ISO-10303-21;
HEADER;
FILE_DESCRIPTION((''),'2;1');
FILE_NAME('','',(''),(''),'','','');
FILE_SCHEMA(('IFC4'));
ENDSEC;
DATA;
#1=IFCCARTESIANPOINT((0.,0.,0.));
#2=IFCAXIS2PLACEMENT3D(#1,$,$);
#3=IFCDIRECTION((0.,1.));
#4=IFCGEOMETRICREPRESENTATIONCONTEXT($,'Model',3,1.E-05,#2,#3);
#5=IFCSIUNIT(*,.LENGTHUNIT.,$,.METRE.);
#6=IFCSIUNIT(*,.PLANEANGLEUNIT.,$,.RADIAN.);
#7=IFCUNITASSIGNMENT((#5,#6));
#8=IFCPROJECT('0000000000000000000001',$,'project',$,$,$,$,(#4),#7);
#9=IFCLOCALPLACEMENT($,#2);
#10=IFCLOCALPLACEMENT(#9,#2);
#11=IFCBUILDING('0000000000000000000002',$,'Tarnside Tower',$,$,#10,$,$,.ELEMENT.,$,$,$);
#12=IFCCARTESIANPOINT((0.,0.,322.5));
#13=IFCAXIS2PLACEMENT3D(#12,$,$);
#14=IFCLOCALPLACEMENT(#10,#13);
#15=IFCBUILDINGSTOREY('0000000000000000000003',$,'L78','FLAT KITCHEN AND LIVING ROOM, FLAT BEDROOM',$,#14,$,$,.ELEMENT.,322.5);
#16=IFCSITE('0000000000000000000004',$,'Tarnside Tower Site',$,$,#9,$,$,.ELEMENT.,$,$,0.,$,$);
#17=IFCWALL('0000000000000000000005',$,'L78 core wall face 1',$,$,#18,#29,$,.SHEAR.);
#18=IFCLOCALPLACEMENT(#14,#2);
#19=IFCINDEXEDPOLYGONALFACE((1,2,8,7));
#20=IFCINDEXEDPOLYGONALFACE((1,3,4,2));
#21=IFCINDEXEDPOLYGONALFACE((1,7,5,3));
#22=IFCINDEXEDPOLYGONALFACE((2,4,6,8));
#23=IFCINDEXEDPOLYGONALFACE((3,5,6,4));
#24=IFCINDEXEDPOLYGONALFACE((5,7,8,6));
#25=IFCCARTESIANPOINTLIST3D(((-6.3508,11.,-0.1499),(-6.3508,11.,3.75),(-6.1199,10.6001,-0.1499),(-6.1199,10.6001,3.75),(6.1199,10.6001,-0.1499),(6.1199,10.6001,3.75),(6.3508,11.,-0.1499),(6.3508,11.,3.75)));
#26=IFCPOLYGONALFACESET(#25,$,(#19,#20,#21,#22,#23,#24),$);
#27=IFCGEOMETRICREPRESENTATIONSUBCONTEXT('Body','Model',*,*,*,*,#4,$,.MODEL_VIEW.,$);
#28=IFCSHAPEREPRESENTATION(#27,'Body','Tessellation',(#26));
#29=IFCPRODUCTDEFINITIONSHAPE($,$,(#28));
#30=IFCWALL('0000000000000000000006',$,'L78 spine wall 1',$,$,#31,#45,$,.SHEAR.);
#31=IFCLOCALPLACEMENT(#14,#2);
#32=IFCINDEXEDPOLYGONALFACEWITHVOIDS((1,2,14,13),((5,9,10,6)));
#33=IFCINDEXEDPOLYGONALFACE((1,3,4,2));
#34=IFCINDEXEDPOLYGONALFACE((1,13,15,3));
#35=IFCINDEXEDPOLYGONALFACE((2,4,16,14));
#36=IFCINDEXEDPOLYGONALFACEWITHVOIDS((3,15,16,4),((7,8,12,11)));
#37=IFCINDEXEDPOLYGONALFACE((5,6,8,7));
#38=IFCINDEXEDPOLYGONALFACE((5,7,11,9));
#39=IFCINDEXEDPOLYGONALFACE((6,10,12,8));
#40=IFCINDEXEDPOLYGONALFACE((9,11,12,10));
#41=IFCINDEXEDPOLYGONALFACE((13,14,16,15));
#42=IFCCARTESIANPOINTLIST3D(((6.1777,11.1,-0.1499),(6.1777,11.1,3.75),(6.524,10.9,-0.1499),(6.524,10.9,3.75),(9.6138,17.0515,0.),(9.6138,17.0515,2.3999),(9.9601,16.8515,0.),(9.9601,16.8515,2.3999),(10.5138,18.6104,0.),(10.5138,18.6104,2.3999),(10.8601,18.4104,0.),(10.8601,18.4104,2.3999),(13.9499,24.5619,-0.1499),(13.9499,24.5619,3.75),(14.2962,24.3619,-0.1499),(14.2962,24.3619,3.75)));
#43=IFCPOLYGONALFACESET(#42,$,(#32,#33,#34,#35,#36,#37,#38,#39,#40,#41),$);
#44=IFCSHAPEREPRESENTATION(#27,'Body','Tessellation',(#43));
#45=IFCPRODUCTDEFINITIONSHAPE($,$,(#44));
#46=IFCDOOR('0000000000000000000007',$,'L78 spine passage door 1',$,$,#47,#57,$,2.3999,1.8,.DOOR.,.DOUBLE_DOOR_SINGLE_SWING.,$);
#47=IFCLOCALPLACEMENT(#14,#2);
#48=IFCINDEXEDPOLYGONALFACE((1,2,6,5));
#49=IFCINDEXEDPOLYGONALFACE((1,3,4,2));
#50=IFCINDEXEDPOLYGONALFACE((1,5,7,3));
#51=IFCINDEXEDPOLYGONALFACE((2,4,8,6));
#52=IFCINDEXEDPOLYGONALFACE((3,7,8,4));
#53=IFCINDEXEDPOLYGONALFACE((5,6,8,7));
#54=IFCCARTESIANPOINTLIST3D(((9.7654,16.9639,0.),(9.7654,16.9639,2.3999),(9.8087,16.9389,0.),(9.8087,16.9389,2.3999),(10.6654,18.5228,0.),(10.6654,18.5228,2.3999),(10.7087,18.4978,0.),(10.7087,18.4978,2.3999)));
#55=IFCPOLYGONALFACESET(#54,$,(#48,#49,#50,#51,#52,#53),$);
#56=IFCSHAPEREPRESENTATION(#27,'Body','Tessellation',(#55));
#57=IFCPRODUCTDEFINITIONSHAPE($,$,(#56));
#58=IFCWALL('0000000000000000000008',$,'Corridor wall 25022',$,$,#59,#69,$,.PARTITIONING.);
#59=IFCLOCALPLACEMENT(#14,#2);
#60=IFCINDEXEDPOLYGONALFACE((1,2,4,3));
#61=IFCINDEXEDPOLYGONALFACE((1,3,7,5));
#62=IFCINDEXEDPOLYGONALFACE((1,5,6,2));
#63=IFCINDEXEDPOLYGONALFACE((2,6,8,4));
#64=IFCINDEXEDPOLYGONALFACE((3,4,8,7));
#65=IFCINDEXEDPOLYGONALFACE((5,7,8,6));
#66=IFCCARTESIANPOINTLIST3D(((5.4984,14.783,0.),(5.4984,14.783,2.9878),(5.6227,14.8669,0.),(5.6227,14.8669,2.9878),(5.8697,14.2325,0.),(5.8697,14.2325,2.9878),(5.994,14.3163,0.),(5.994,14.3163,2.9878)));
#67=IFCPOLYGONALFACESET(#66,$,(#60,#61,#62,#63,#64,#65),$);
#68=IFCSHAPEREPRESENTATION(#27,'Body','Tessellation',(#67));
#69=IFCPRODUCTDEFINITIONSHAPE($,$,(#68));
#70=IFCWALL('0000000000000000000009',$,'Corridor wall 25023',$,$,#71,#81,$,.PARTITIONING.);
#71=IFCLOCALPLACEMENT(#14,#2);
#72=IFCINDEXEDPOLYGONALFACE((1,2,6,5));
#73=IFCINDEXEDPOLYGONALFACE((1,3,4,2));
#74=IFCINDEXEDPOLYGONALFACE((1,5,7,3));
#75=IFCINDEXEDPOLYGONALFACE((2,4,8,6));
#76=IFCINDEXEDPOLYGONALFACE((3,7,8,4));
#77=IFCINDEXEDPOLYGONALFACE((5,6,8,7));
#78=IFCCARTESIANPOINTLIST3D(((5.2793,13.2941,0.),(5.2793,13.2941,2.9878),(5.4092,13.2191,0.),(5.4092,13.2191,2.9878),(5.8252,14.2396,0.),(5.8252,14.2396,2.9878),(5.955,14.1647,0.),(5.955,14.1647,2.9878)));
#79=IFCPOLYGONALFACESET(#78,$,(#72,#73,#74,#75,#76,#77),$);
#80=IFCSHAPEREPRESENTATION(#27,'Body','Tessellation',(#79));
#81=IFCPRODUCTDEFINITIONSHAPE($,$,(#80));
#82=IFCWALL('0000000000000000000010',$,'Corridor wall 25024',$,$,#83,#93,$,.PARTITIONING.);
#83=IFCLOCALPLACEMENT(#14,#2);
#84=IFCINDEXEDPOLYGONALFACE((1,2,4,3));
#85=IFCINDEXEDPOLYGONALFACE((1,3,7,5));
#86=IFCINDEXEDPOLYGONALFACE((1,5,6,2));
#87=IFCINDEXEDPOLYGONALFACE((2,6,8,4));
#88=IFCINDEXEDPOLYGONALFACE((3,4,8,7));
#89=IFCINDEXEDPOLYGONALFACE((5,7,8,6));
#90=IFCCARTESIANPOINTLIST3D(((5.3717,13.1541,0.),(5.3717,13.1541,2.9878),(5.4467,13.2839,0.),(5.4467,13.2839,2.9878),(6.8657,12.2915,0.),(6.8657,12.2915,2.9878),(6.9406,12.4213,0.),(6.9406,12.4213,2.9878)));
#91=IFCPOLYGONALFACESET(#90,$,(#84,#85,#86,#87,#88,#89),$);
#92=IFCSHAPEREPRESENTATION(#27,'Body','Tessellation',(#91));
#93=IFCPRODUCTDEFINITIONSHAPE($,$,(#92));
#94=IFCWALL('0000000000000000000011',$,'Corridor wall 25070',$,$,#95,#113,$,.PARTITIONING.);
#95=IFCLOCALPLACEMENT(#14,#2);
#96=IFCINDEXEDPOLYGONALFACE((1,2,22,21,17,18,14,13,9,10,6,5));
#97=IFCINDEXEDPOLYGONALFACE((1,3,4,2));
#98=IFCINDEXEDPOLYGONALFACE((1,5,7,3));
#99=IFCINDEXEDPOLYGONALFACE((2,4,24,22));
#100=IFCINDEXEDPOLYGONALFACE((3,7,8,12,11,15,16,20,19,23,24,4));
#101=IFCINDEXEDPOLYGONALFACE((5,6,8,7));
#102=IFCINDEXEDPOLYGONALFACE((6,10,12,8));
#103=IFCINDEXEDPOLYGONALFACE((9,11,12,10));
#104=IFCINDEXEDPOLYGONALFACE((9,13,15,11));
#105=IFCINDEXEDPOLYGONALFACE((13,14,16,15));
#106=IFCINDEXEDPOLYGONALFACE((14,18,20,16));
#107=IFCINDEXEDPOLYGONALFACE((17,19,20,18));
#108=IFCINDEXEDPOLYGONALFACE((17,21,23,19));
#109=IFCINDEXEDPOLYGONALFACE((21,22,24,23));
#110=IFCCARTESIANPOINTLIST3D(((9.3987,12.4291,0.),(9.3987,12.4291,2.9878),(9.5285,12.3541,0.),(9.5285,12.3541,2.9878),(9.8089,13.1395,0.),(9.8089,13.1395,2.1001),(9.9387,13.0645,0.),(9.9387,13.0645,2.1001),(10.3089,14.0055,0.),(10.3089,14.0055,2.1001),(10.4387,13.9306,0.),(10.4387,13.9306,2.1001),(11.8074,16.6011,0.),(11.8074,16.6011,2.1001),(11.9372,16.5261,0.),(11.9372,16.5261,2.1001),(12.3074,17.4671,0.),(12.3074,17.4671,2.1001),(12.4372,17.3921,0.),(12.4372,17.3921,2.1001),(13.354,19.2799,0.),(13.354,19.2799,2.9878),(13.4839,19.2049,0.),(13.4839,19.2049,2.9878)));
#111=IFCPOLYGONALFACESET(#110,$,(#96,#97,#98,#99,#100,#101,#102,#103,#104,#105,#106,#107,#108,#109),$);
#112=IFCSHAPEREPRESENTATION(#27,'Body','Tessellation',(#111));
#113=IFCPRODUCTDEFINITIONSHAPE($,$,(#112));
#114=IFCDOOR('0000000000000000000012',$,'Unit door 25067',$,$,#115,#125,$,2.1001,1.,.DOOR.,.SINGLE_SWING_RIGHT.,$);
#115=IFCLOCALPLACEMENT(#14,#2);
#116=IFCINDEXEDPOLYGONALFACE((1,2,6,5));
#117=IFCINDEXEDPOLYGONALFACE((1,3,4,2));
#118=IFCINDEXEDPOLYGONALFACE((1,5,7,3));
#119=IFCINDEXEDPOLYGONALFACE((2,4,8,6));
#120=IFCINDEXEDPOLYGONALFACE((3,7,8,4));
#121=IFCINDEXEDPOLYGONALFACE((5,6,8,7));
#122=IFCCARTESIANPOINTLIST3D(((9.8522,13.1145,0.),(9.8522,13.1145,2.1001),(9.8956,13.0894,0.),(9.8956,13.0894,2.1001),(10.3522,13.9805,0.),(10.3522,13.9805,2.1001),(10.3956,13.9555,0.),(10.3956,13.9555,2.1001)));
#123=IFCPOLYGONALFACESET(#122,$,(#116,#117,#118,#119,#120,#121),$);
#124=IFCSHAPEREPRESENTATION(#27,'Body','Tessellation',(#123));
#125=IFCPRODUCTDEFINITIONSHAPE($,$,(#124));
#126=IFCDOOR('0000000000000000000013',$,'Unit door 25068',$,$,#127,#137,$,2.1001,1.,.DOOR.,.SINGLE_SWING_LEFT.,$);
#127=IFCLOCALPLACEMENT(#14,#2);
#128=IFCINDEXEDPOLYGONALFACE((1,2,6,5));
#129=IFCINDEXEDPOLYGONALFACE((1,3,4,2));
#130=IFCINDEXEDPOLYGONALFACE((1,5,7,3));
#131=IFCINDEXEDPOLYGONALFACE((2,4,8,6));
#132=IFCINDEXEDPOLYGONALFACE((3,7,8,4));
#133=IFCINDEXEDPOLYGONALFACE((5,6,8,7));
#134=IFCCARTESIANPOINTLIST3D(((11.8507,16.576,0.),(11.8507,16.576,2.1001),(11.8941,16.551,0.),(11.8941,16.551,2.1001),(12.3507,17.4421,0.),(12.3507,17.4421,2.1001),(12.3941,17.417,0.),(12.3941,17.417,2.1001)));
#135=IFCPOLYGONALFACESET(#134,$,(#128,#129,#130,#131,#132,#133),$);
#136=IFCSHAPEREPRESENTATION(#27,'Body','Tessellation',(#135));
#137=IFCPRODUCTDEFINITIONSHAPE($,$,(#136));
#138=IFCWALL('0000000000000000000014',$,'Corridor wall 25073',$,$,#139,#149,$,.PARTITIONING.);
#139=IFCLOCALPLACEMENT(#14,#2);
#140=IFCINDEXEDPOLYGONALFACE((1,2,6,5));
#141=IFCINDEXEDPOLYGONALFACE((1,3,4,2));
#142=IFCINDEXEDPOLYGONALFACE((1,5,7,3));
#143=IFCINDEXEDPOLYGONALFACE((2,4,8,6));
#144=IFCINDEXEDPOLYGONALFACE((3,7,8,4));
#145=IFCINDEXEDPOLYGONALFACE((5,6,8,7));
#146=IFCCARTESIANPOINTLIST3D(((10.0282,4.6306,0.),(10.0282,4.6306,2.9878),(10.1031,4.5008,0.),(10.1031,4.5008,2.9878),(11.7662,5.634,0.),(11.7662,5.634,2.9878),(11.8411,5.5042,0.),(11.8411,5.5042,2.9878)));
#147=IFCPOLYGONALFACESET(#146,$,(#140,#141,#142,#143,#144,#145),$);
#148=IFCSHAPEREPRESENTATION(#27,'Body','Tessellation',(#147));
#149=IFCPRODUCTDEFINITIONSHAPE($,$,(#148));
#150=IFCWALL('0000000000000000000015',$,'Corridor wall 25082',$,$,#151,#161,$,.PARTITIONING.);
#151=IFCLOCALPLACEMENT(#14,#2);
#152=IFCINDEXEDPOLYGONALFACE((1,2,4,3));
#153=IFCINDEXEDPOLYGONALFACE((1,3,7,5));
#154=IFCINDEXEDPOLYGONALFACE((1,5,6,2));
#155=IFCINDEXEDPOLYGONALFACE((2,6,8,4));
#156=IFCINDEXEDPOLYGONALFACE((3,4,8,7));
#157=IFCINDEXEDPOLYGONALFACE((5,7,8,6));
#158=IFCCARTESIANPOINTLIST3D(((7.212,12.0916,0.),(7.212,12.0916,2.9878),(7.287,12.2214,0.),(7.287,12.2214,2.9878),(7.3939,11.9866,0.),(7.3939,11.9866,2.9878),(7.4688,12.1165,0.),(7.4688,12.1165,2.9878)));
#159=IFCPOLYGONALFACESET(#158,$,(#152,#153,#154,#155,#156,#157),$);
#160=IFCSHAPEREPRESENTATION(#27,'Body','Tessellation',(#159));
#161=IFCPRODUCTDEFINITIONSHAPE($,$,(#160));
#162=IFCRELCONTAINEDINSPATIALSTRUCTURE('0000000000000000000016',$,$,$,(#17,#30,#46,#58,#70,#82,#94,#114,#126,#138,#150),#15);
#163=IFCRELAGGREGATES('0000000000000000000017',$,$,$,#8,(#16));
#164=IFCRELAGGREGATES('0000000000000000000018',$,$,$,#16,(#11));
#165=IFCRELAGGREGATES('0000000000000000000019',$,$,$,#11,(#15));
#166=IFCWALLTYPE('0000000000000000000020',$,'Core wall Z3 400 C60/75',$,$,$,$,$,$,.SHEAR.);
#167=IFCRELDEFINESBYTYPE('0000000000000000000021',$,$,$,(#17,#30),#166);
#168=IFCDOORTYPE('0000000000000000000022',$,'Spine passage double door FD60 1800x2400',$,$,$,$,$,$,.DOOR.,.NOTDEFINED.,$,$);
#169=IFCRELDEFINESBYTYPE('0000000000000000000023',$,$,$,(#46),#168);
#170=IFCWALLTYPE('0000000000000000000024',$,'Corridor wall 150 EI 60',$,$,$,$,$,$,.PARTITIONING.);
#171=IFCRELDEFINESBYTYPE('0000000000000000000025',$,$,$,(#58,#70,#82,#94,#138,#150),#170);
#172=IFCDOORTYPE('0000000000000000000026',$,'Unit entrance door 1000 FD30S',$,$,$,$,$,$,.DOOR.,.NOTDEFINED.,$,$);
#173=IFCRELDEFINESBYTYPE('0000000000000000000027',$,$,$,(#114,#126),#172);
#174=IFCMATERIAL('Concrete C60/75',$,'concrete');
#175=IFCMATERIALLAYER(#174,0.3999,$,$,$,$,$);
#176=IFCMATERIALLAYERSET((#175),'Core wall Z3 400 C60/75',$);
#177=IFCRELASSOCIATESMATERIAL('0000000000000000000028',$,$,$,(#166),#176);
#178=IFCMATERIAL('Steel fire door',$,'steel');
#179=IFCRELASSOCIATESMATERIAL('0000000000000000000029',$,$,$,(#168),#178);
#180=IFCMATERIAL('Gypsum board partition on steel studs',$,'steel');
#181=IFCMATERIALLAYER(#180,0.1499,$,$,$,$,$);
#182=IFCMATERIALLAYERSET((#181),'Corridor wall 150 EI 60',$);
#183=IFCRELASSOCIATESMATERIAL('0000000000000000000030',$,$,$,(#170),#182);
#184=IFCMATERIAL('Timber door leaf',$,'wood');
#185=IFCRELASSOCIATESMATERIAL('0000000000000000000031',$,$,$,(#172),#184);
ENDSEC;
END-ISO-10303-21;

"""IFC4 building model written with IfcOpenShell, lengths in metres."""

from ifc_helpers import new_model, si_unit, direction, frame, frame_2d, origin, place, context, subcontext, project, spatial, polyline, rectangle, outline, extrude, material, layer, layer_set, type_object, element, fill, save


model = new_model("IFC4")

# Units and contexts
model_context = context("Model", 3, precision=1e-05, world=origin(), true_north=direction((0.0, 1.0)))
body_context = subcontext(model_context, "Body", "Model", "MODEL_VIEW")
ifc_project = project(units=[si_unit("LENGTHUNIT", "METRE"), si_unit("PLANEANGLEUNIT", "RADIAN")], contexts=[model_context])

# Site, building, storey
site_placement = place(None, origin())
site = spatial("IfcSite", under=ifc_project, at=site_placement, Name="Tarnside Tower Site", CompositionType="ELEMENT", RefElevation=0.0)
building_placement = place(site_placement, origin())
building = spatial("IfcBuilding", under=site, at=building_placement, Name="Tarnside Tower", CompositionType="ELEMENT")
storey_placement = place(building_placement, frame((0.0, 0.0, 322.5)))
storey = spatial("IfcBuildingStorey", under=building, at=storey_placement, Name="L78", Description="FLAT KITCHEN AND LIVING ROOM, FLAT BEDROOM", CompositionType="ELEMENT", Elevation=322.5)

# Wall
ifc_material_1 = material(Name="Concrete C60/75", Category="concrete")
ifc_layer_1 = layer(ifc_material_1, 0.3999)
ifc_layer_set_1 = layer_set([ifc_layer_1], Name="Core wall Z3 400 C60/75")
wall_type_1 = type_object("IfcWallType", Name="Core wall Z3 400 C60/75", PredefinedType="SHEAR", material=ifc_layer_set_1)
wall_1_placement = place(storey_placement, frame((6.2354, 10.8, -0.1499), z_axis=(0.0, 0.0, 1.0), x_axis=(-1.0, 0.0, 0.0)))
element("IfcWall", 1, at=wall_1_placement, inside=storey, type_object=wall_type_1, Name="L78 core wall face 1", PredefinedType="SHEAR", context=body_context, shape_type="SweptSolid", body=[
    extrude(outline(polyline([(-0.1155, -0.2), (12.5862, -0.2), (12.3552, 0.2), (0.1155, 0.2), (-0.1155, -0.2)])), origin(), (0.0, 0.0, 1.0), 3.8999),
])

# Wall, opening, door
wall_2_placement = place(storey_placement, frame((6.3508, 11.0, -0.1499), z_axis=(0.0, 0.0, 1.0), x_axis=(0.499999, 0.866026, 0.0)))
wall_2 = element("IfcWall", 2, at=wall_2_placement, inside=storey, type_object=wall_type_1, Name="L78 spine wall 1", PredefinedType="SHEAR", context=body_context, shape_type="SweptSolid", body=[
    extrude(rectangle(XDim=15.5444, YDim=0.3999, at=frame_2d((7.7722, 0.0))), origin(), (0.0, 0.0, 1.0), 3.8999),
])
opening_1_placement = place(wall_2_placement, frame((6.8723, 0.0, 0.1499)))
opening_1 = element("IfcOpeningElement", 3, at=opening_1_placement, cuts=wall_2, PredefinedType="OPENING", context=body_context, shape_type="SweptSolid", body=[
    extrude(rectangle(XDim=1.8, YDim=2.3999, at=frame_2d((0.8999, 1.2))), frame((0.0, 0.21, 0.0), z_axis=(0.0, -1.0, 0.0), x_axis=(1.0, 0.0, 0.0)), (0.0, 0.0, 1.0), 0.4199),
])
ifc_material_2 = material(Name="Steel fire door", Category="steel")
door_type_1 = type_object("IfcDoorType", Name="Spine passage double door FD60 1800x2400", OperationType="NOTDEFINED", PredefinedType="DOOR", material=ifc_material_2)
door_1_placement = place(opening_1_placement, origin())
door_1 = element("IfcDoor", 4, at=door_1_placement, inside=storey, type_object=door_type_1, Name="L78 spine passage door 1", OperationType="DOUBLE_DOOR_SINGLE_SWING", OverallHeight=2.3999, OverallWidth=1.8, PredefinedType="DOOR", context=body_context, shape_type="SweptSolid", body=[
    extrude(rectangle(XDim=1.8, YDim=2.3999, at=frame_2d((0.8999, 1.2))), frame((0.0, 0.0249, 0.0), z_axis=(0.0, -1.0, 0.0), x_axis=(1.0, 0.0, 0.0)), (0.0, 0.0, 1.0), 0.05),
])
fill(opening_1, door_1)

# Walls
ifc_material_3 = material(Name="Gypsum board partition on steel studs", Category="steel")
ifc_layer_2 = layer(ifc_material_3, 0.1499)
ifc_layer_set_2 = layer_set([ifc_layer_2], Name="Corridor wall 150 EI 60")
wall_type_2 = type_object("IfcWallType", Name="Corridor wall 150 EI 60", PredefinedType="PARTITIONING", material=ifc_layer_set_2)
wall_3_placement = place(storey_placement, frame((5.5605, 14.825, 0.0), z_axis=(0.0, 0.0, 1.0), x_axis=(0.559189, -0.82904, 0.0)))
element("IfcWall", 5, at=wall_3_placement, inside=storey, type_object=wall_type_2, Name="Corridor wall 25022", PredefinedType="PARTITIONING", context=body_context, shape_type="SweptSolid", body=[
    extrude(rectangle(XDim=0.6641, YDim=0.1499, at=frame_2d((0.332, 0.0))), origin(), (0.0, 0.0, 1.0), 2.9878),
])
wall_4_placement = place(storey_placement, frame((5.8901, 14.2021, 0.0), z_axis=(0.0, 0.0, 1.0), x_axis=(-0.499987, -0.866033, 0.0)))
element("IfcWall", 6, at=wall_4_placement, inside=storey, type_object=wall_type_2, Name="Corridor wall 25023", PredefinedType="PARTITIONING", context=body_context, shape_type="SweptSolid", body=[
    extrude(rectangle(XDim=1.0918, YDim=0.1499, at=frame_2d((0.5459, 0.0))), origin(), (0.0, 0.0, 1.0), 2.9878),
])
wall_5_placement = place(storey_placement, frame((5.4092, 13.219, 0.0), z_axis=(0.0, 0.0, 1.0), x_axis=(0.866014, -0.500021, 0.0)))
element("IfcWall", 7, at=wall_5_placement, inside=storey, type_object=wall_type_2, Name="Corridor wall 25024", PredefinedType="PARTITIONING", context=body_context, shape_type="SweptSolid", body=[
    extrude(rectangle(XDim=1.7251, YDim=0.1499, at=frame_2d((0.8625, 0.0))), origin(), (0.0, 0.0, 1.0), 2.9878),
])

# Wall, openings, doors
wall_6_placement = place(storey_placement, frame((9.4636, 12.3916, 0.0), z_axis=(0.0, 0.0, 1.0), x_axis=(0.499999, 0.866026, 0.0)))
wall_6 = element("IfcWall", 8, at=wall_6_placement, inside=storey, type_object=wall_type_2, Name="Corridor wall 25070", PredefinedType="PARTITIONING", context=body_context, shape_type="SweptSolid", body=[
    extrude(rectangle(XDim=7.9106, YDim=0.1499, at=frame_2d((3.9553, 0.0))), origin(), (0.0, 0.0, 1.0), 2.9878),
])
opening_2_placement = place(wall_6_placement, frame((0.8203, 0.0, 0.0)))
opening_2 = element("IfcOpeningElement", 9, at=opening_2_placement, cuts=wall_6, PredefinedType="OPENING", context=body_context, shape_type="SweptSolid", body=[
    extrude(rectangle(XDim=1.0, YDim=2.1001, at=frame_2d((0.5, 1.05))), frame((0.0, 0.085, 0.0), z_axis=(0.0, -1.0, 0.0), x_axis=(1.0, 0.0, 0.0)), (0.0, 0.0, 1.0), 0.1699),
])
opening_3_placement = place(wall_6_placement, frame((4.8174, 0.0, 0.0)))
opening_3 = element("IfcOpeningElement", 10, at=opening_3_placement, cuts=wall_6, PredefinedType="OPENING", context=body_context, shape_type="SweptSolid", body=[
    extrude(rectangle(XDim=1.0, YDim=2.1001, at=frame_2d((0.5, 1.05))), frame((0.0, 0.085, 0.0), z_axis=(0.0, -1.0, 0.0), x_axis=(1.0, 0.0, 0.0)), (0.0, 0.0, 1.0), 0.1699),
])
ifc_material_4 = material(Name="Timber door leaf", Category="wood")
door_type_2 = type_object("IfcDoorType", Name="Unit entrance door 1000 FD30S", OperationType="NOTDEFINED", PredefinedType="DOOR", material=ifc_material_4)
door_2_placement = place(opening_2_placement, origin())
door_2 = element("IfcDoor", 11, at=door_2_placement, inside=storey, type_object=door_type_2, Name="Unit door 25067", OperationType="SINGLE_SWING_RIGHT", OverallHeight=2.1001, OverallWidth=1.0, PredefinedType="DOOR", context=body_context, shape_type="SweptSolid", body=[
    extrude(rectangle(XDim=1.0, YDim=2.1001, at=frame_2d((0.5, 1.05))), frame((0.0, 0.0249, 0.0), z_axis=(0.0, -1.0, 0.0), x_axis=(1.0, 0.0, 0.0)), (0.0, 0.0, 1.0), 0.05),
])
fill(opening_2, door_2)
door_3_placement = place(opening_3_placement, origin())
door_3 = element("IfcDoor", 12, at=door_3_placement, inside=storey, type_object=door_type_2, Name="Unit door 25068", OperationType="SINGLE_SWING_LEFT", OverallHeight=2.1001, OverallWidth=1.0, PredefinedType="DOOR", context=body_context, shape_type="SweptSolid", body=[
    extrude(rectangle(XDim=1.0, YDim=2.1001, at=frame_2d((0.5, 1.05))), frame((0.0, 0.0249, 0.0), z_axis=(0.0, -1.0, 0.0), x_axis=(1.0, 0.0, 0.0)), (0.0, 0.0, 1.0), 0.05),
])
fill(opening_3, door_3)

# Walls
wall_7_placement = place(storey_placement, frame((10.0657, 4.5657, 0.0), z_axis=(0.0, 0.0, 1.0), x_axis=(0.866034, 0.499986, 0.0)))
element("IfcWall", 13, at=wall_7_placement, inside=storey, type_object=wall_type_2, Name="Corridor wall 25073", PredefinedType="PARTITIONING", context=body_context, shape_type="SweptSolid", body=[
    extrude(rectangle(XDim=2.0068, YDim=0.1499, at=frame_2d((1.0034, 0.0))), origin(), (0.0, 0.0, 1.0), 2.9878),
])
wall_8_placement = place(storey_placement, frame((7.2495, 12.1565, 0.0), z_axis=(0.0, 0.0, 1.0), x_axis=(0.866089, -0.49989, 0.0)))
element("IfcWall", 14, at=wall_8_placement, inside=storey, type_object=wall_type_2, Name="Corridor wall 25082", PredefinedType="PARTITIONING", context=body_context, shape_type="SweptSolid", body=[
    extrude(rectangle(XDim=0.21, YDim=0.1499, at=frame_2d((0.105, 0.0))), origin(), (0.0, 0.0, 1.0), 2.9878),
])

save(model, "model.ifc")
